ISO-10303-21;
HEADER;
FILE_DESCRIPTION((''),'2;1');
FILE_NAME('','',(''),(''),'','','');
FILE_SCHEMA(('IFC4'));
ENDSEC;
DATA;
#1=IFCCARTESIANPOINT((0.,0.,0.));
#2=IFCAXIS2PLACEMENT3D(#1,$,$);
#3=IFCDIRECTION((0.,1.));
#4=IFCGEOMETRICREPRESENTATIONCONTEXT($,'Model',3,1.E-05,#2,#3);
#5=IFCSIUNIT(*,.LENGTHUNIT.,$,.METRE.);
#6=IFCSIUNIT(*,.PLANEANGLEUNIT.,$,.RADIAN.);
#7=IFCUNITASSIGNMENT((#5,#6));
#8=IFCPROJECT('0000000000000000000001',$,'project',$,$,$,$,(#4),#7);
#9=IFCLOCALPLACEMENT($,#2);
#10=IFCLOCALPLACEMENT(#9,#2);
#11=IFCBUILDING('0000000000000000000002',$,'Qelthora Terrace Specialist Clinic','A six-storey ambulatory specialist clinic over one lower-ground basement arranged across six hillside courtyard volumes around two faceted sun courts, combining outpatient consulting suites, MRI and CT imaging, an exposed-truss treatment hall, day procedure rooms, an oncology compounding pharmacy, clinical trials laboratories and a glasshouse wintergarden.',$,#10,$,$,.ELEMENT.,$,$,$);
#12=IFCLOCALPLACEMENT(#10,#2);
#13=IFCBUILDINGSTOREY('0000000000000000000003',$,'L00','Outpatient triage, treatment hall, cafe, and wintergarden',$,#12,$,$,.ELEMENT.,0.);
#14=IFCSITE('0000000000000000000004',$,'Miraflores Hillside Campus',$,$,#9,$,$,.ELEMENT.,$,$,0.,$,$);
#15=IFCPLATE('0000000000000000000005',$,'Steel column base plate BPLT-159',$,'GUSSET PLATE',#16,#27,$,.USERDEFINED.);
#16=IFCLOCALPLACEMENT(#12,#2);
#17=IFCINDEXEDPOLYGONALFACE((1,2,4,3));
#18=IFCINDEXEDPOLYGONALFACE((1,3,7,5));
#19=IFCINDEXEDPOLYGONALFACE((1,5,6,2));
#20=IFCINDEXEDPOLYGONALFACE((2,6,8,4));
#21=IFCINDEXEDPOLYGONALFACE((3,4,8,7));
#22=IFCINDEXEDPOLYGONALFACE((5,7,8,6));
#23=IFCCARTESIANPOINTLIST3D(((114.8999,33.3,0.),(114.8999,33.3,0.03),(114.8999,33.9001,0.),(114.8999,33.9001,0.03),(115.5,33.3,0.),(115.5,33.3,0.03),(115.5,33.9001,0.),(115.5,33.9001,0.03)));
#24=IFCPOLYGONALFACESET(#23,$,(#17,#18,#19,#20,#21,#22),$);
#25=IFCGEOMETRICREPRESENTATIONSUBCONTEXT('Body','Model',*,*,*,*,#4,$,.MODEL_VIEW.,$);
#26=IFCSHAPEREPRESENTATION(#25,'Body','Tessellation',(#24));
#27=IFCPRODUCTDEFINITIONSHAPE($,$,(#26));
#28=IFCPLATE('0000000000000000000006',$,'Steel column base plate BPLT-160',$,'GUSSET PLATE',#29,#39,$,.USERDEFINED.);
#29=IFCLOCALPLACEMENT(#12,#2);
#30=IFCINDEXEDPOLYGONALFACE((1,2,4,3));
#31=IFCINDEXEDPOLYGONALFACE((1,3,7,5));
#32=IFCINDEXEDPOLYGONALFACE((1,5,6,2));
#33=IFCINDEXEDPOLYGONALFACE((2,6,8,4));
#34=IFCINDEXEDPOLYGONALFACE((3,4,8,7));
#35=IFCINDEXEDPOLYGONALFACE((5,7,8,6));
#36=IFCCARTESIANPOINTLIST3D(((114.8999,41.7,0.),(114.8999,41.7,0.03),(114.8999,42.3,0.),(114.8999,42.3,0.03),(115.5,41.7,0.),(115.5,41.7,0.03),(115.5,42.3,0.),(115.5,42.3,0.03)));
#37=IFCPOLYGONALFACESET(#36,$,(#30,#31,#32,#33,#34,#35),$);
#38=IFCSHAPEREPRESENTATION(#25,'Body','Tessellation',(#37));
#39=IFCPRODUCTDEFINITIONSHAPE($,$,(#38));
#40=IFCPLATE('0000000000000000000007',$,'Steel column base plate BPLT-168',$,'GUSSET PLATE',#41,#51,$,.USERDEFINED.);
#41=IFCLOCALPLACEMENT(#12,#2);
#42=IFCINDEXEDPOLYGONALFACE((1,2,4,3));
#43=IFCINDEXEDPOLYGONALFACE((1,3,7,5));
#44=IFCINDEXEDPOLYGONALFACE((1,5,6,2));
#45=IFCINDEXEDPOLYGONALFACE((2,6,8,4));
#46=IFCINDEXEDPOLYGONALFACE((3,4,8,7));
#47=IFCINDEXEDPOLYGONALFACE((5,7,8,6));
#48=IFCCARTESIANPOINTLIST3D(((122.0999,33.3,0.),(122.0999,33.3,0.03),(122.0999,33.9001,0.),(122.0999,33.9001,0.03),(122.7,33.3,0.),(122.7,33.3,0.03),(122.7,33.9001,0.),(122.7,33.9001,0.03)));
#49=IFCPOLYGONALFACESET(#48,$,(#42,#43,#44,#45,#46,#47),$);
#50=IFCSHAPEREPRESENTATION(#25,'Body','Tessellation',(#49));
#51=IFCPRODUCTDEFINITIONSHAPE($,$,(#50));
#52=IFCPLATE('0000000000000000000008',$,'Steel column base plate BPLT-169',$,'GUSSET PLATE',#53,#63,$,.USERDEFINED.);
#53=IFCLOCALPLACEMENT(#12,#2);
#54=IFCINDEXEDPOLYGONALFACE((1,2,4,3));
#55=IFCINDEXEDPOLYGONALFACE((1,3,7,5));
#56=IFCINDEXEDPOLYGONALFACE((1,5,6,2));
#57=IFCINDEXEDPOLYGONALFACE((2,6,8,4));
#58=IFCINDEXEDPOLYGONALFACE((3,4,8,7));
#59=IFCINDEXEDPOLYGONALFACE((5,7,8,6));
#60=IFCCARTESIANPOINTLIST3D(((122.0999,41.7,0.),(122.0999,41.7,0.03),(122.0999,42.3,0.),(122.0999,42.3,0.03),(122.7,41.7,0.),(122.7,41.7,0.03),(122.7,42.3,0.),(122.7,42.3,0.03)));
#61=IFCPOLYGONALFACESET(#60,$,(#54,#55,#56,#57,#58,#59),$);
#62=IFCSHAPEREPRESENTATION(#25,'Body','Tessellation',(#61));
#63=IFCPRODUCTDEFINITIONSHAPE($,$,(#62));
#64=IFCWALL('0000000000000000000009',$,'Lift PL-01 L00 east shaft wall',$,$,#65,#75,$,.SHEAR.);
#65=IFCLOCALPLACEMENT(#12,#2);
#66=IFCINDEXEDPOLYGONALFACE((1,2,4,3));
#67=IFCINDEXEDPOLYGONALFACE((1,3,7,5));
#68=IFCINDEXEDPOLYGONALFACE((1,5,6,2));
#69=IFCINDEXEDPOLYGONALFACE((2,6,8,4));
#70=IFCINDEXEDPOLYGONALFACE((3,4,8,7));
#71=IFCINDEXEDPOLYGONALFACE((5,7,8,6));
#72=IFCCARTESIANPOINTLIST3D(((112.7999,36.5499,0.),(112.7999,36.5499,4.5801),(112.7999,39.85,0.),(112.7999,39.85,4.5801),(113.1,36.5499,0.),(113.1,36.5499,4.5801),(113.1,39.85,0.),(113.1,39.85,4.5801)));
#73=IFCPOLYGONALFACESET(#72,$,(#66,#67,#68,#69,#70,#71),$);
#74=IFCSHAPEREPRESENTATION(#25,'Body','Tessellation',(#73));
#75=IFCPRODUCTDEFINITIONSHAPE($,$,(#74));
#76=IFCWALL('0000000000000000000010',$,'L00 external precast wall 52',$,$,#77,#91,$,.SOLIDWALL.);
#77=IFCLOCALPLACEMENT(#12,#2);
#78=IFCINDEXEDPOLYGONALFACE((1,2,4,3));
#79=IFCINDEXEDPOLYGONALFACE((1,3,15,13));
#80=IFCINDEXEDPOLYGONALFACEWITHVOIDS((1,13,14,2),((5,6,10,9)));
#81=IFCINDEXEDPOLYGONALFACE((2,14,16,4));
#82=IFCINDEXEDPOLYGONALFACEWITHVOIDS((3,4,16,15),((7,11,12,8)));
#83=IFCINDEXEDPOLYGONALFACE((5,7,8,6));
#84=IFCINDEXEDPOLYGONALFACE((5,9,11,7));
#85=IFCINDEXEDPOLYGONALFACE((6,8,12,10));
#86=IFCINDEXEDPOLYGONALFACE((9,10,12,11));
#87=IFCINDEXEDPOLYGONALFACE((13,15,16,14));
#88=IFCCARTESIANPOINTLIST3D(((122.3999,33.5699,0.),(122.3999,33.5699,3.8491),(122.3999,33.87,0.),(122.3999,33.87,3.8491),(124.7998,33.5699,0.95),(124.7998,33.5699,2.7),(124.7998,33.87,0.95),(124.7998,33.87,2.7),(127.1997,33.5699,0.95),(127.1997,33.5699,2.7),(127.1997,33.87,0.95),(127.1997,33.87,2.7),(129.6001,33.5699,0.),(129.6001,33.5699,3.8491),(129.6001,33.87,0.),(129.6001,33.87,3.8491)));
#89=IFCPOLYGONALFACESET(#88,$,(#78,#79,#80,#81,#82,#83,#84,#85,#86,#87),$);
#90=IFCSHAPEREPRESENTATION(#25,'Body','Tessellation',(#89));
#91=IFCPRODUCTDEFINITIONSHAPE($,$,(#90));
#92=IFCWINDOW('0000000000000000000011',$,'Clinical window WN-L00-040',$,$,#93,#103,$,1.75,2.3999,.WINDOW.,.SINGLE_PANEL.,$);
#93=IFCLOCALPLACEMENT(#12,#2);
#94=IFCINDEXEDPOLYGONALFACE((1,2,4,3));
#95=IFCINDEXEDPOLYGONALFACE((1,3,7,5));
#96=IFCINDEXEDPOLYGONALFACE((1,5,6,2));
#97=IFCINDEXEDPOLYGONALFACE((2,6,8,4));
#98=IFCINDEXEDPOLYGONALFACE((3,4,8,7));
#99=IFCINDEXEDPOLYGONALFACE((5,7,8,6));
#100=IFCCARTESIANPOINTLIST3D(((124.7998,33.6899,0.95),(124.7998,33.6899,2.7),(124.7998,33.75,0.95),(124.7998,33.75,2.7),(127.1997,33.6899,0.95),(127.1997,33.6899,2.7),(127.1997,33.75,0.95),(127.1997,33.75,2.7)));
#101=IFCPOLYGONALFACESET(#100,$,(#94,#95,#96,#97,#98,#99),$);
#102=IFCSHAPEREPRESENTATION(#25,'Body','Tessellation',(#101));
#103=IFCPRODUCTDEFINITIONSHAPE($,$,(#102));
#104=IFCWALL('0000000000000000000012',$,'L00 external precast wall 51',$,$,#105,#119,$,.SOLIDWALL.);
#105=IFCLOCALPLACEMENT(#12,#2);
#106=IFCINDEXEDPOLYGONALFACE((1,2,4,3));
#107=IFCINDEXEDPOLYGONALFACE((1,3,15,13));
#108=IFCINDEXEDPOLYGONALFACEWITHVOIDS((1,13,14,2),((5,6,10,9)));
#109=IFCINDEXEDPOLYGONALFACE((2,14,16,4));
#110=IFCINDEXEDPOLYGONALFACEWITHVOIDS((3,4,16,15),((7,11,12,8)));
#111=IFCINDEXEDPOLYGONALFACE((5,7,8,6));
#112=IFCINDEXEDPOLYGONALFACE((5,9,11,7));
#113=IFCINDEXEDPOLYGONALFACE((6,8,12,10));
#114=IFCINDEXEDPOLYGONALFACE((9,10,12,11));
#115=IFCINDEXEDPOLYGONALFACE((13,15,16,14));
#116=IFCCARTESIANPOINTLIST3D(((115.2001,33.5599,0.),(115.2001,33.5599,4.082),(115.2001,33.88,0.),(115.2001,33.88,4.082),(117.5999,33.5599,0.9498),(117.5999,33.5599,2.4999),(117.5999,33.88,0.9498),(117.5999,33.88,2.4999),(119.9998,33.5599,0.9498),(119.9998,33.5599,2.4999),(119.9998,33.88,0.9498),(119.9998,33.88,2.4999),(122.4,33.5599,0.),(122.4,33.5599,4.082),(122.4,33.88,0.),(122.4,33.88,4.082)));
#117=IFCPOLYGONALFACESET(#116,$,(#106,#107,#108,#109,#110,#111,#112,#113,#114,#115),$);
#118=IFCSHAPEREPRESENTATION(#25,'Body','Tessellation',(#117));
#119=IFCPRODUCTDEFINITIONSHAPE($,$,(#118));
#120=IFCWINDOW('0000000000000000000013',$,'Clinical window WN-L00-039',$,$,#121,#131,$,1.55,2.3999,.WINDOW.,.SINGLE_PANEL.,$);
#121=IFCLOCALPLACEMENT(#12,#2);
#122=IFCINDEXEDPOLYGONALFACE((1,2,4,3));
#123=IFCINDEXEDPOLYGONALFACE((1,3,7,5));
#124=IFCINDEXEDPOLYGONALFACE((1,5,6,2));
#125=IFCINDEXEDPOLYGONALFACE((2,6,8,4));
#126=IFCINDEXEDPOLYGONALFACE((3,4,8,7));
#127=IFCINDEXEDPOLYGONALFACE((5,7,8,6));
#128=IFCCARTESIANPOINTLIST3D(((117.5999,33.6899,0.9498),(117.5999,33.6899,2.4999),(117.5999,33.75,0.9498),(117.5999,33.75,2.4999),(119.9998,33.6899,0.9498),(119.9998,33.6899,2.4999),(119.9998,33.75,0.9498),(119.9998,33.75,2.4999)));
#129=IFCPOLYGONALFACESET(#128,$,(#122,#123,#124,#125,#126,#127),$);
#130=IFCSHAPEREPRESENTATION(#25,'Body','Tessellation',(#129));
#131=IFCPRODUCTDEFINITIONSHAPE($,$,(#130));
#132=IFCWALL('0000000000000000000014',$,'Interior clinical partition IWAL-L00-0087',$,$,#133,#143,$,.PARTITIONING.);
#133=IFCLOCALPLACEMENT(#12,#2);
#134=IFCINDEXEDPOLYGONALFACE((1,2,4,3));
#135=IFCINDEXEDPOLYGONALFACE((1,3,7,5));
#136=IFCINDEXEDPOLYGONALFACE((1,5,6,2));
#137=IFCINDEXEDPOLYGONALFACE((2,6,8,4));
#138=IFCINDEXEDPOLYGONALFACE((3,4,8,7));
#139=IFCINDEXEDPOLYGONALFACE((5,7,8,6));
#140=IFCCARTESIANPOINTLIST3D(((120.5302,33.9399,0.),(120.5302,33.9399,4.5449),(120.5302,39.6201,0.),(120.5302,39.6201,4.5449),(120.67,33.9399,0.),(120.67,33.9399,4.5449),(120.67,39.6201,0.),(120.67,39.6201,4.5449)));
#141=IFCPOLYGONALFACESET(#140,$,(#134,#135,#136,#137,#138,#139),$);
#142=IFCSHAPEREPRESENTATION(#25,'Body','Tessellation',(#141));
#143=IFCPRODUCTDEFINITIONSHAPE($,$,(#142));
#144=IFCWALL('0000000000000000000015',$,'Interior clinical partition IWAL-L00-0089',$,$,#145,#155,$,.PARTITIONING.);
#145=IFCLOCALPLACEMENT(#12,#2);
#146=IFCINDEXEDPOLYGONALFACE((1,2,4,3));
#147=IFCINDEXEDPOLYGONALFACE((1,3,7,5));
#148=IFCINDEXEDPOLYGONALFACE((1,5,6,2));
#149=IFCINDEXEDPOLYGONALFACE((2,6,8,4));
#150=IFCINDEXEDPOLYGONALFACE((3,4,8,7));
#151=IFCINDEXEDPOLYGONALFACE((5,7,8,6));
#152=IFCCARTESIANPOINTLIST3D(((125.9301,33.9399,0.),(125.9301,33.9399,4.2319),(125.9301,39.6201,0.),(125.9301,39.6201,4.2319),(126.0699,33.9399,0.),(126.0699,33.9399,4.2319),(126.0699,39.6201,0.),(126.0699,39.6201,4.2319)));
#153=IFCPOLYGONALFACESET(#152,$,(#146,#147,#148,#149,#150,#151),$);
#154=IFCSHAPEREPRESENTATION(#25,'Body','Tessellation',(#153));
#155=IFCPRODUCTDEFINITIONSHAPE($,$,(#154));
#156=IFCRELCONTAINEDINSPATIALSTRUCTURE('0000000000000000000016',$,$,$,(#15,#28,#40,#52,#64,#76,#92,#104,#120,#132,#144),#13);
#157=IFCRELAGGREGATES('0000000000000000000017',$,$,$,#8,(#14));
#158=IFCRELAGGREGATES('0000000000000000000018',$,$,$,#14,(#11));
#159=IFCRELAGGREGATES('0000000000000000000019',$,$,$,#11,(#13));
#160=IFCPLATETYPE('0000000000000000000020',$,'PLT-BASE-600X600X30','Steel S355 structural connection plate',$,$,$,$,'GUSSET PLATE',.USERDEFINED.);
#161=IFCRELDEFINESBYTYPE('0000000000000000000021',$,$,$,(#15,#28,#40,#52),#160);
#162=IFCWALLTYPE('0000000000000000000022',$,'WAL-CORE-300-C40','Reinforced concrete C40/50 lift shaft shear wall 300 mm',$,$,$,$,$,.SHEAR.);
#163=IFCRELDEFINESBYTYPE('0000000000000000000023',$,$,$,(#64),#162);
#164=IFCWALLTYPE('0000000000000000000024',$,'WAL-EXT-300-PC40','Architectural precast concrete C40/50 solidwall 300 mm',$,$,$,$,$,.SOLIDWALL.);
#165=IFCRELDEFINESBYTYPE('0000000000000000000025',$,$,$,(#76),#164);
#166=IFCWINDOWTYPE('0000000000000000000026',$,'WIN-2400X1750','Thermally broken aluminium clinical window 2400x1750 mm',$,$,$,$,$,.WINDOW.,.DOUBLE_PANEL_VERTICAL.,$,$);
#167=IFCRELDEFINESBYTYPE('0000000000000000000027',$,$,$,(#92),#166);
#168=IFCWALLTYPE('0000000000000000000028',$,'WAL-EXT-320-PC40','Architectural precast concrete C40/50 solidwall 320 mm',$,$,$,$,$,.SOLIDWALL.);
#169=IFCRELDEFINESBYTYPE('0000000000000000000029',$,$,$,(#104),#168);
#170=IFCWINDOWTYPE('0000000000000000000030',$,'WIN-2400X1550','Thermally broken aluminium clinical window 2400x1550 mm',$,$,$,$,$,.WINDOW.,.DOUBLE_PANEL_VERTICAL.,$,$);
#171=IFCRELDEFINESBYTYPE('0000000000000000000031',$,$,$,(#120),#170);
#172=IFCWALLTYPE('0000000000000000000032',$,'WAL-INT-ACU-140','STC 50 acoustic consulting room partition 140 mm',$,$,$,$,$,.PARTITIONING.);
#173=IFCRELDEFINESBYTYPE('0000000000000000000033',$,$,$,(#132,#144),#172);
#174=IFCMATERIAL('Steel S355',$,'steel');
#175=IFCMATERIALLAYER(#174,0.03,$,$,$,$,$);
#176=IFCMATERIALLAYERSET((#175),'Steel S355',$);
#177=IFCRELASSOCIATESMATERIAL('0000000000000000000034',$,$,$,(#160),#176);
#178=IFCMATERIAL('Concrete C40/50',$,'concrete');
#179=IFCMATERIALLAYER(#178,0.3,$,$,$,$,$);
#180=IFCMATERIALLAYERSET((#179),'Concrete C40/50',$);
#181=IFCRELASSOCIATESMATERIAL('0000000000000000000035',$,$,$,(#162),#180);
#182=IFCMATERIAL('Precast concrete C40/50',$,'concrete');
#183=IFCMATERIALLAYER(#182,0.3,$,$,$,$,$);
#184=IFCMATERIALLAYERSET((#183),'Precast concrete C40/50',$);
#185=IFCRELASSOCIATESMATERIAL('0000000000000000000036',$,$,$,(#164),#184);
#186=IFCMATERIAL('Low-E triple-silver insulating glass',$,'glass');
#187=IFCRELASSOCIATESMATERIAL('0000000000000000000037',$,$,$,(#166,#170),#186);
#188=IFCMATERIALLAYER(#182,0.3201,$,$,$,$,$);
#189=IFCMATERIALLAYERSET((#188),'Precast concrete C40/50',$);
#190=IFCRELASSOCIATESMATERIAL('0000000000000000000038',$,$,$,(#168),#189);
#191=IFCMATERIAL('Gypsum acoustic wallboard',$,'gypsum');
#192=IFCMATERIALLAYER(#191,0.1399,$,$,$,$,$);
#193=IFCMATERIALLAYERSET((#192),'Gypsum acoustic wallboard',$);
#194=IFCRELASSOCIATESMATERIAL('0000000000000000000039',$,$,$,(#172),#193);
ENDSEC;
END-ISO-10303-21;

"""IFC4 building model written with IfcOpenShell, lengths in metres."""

from ifc_helpers import new_model, si_unit, direction, frame, frame_2d, origin, origin_2d, place, context, subcontext, project, spatial, rectangle, extrude, material, layer, layer_set, type_object, element, fill, save


model = new_model("IFC4")

# Units and contexts
model_context = context("Model", 3, precision=1e-05, world=origin(), true_north=direction((0.0, 1.0)))
body_context = subcontext(model_context, "Body", "Model", "MODEL_VIEW")
ifc_project = project(units=[si_unit("LENGTHUNIT", "METRE"), si_unit("PLANEANGLEUNIT", "RADIAN")], contexts=[model_context])

# Site, building, storey
site_placement = place(None, origin())
site = spatial("IfcSite", under=ifc_project, at=site_placement, Name="Miraflores Hillside Campus", CompositionType="ELEMENT", RefElevation=0.0)
building_placement = place(site_placement, origin())
building = spatial("IfcBuilding", under=site, at=building_placement, Name="Qelthora Terrace Specialist Clinic", Description="A six-storey ambulatory specialist clinic over one lower-ground basement arranged across six hillside courtyard volumes around two faceted sun courts, combining outpatient consulting suites, MRI and CT imaging, an exposed-truss treatment hall, day procedure rooms, an oncology compounding pharmacy, clinical trials laboratories and a glasshouse wintergarden.", CompositionType="ELEMENT")
storey_placement = place(building_placement, origin())
storey = spatial("IfcBuildingStorey", under=building, at=storey_placement, Name="L00", Description="Outpatient triage, treatment hall, cafe, and wintergarden", CompositionType="ELEMENT", Elevation=0.0)

# Shared definitions
ifc_material_1 = material(Name="Steel S355", Category="steel")

# Plates
ifc_layer_1 = layer(ifc_material_1, 0.03)
ifc_layer_set_1 = layer_set([ifc_layer_1], Name="Steel S355")
plate_type = type_object("IfcPlateType", Name="PLT-BASE-600X600X30", Description="Steel S355 structural connection plate", ElementType="GUSSET PLATE", PredefinedType="USERDEFINED", material=ifc_layer_set_1)
for number, where, z_axis, x_axis, name in (
    (1, (115.2, 33.6001, 0.0), (0.0, 0.0, 1.0), (1.0, 0.0, 0.0), "Steel column base plate BPLT-159"),
    (2, (115.2, 42.0, 0.0), (0.0, 0.0, 1.0), (1.0, 0.0, 0.0), "Steel column base plate BPLT-160"),
    (3, (122.3999, 33.6001, 0.0), (0.0, 0.0, 1.0), (1.0, 0.0, 0.0), "Steel column base plate BPLT-168"),
    (4, (122.3999, 42.0, 0.0), (0.0, 0.0, 1.0), (1.0, 0.0, 0.0), "Steel column base plate BPLT-169"),
):
    element("IfcPlate", number, at=place(storey_placement, frame(where, z_axis=z_axis, x_axis=x_axis)), inside=storey, type_object=plate_type, Name=name, ObjectType="GUSSET PLATE", PredefinedType="USERDEFINED", context=body_context, shape_type="SweptSolid", body=[
        extrude(rectangle(XDim=0.6001, YDim=0.6001, at=origin_2d()), origin(), (0.0, 0.0, 1.0), 0.03),
    ])

# Wall
ifc_material_2 = material(Name="Concrete C40/50", Category="concrete")
ifc_layer_2 = layer(ifc_material_2, 0.3)
ifc_layer_set_2 = layer_set([ifc_layer_2], Name="Concrete C40/50")
wall_type_1 = type_object("IfcWallType", Name="WAL-CORE-300-C40", Description="Reinforced concrete C40/50 lift shaft shear wall 300 mm", PredefinedType="SHEAR", material=ifc_layer_set_2)
wall_1_placement = place(storey_placement, frame((112.95, 36.55, 0.0), z_axis=(0.0, 0.0, 1.0), x_axis=(0.0, 1.0, 0.0)))
element("IfcWall", 5, at=wall_1_placement, inside=storey, type_object=wall_type_1, Name="Lift PL-01 L00 east shaft wall", PredefinedType="SHEAR", context=body_context, shape_type="SweptSolid", body=[
    extrude(rectangle(XDim=3.3, YDim=0.3, at=frame_2d((1.6499, 0.0))), origin(), (0.0, 0.0, 1.0), 4.5801),
])

# Walls, openings, windows
ifc_material_3 = material(Name="Precast concrete C40/50", Category="concrete")
ifc_layer_3 = layer(ifc_material_3, 0.3)
ifc_layer_set_3 = layer_set([ifc_layer_3], Name="Precast concrete C40/50")
wall_type_2 = type_object("IfcWallType", Name="WAL-EXT-300-PC40", Description="Architectural precast concrete C40/50 solidwall 300 mm", PredefinedType="SOLIDWALL", material=ifc_layer_set_3)
wall_2_placement = place(storey_placement, frame((122.3999, 33.72, 0.0), z_axis=(0.0, 0.0, 1.0), x_axis=(1.0, 0.0, 0.0)))
wall_2 = element("IfcWall", 6, at=wall_2_placement, inside=storey, type_object=wall_type_2, Name="L00 external precast wall 52", PredefinedType="SOLIDWALL", context=body_context, shape_type="SweptSolid", body=[
    extrude(rectangle(XDim=7.2002, YDim=0.3, at=frame_2d((3.6001, 0.0))), origin(), (0.0, 0.0, 1.0), 3.8491),
])
opening_1_placement = place(wall_2_placement, frame((2.3999, 0.0, 0.95)))
opening_1 = element("IfcOpeningElement", 7, at=opening_1_placement, cuts=wall_2, PredefinedType="OPENING", context=body_context, shape_type="SweptSolid", body=[
    extrude(rectangle(XDim=2.3999, YDim=1.75, at=frame_2d((1.2, 0.875))), frame((0.0, 0.1599, 0.0), z_axis=(0.0, -1.0, 0.0), x_axis=(1.0, 0.0, 0.0)), (0.0, 0.0, 1.0), 0.3201),
])
ifc_material_4 = material(Name="Low-E triple-silver insulating glass", Category="glass")
window_type_1 = type_object("IfcWindowType", Name="WIN-2400X1750", Description="Thermally broken aluminium clinical window 2400x1750 mm", PartitioningType="DOUBLE_PANEL_VERTICAL", PredefinedType="WINDOW", material=ifc_material_4)
window_1_placement = place(opening_1_placement, origin())
window_1 = element("IfcWindow", 8, at=window_1_placement, inside=storey, type_object=window_type_1, Name="Clinical window WN-L00-040", OverallHeight=1.75, OverallWidth=2.3999, PartitioningType="SINGLE_PANEL", PredefinedType="WINDOW", context=body_context, shape_type="SweptSolid", body=[
    extrude(rectangle(XDim=2.3999, YDim=1.75, at=frame_2d((1.2, 0.875))), frame((0.0, 0.03, 0.0), z_axis=(0.0, -1.0, 0.0), x_axis=(1.0, 0.0, 0.0)), (0.0, 0.0, 1.0), 0.0601),
])
fill(opening_1, window_1)
ifc_layer_4 = layer(ifc_material_3, 0.3201)
ifc_layer_set_4 = layer_set([ifc_layer_4], Name="Precast concrete C40/50")
wall_type_3 = type_object("IfcWallType", Name="WAL-EXT-320-PC40", Description="Architectural precast concrete C40/50 solidwall 320 mm", PredefinedType="SOLIDWALL", material=ifc_layer_set_4)
wall_3_placement = place(storey_placement, frame((115.2, 33.72, 0.0), z_axis=(0.0, 0.0, 1.0), x_axis=(1.0, 0.0, 0.0)))
wall_3 = element("IfcWall", 9, at=wall_3_placement, inside=storey, type_object=wall_type_3, Name="L00 external precast wall 51", PredefinedType="SOLIDWALL", context=body_context, shape_type="SweptSolid", body=[
    extrude(rectangle(XDim=7.2, YDim=0.3201, at=frame_2d((3.6001, 0.0))), origin(), (0.0, 0.0, 1.0), 4.082),
])
opening_2_placement = place(wall_3_placement, frame((2.3999, 0.0, 0.95)))
opening_2 = element("IfcOpeningElement", 10, at=opening_2_placement, cuts=wall_3, PredefinedType="OPENING", context=body_context, shape_type="SweptSolid", body=[
    extrude(rectangle(XDim=2.3999, YDim=1.55, at=frame_2d((1.2, 0.7749))), frame((0.0, 0.1699, 0.0), z_axis=(0.0, -1.0, 0.0), x_axis=(1.0, 0.0, 0.0)), (0.0, 0.0, 1.0), 0.3401),
])
window_type_2 = type_object("IfcWindowType", Name="WIN-2400X1550", Description="Thermally broken aluminium clinical window 2400x1550 mm", PartitioningType="DOUBLE_PANEL_VERTICAL", PredefinedType="WINDOW", material=ifc_material_4)
window_2_placement = place(opening_2_placement, origin())
window_2 = element("IfcWindow", 11, at=window_2_placement, inside=storey, type_object=window_type_2, Name="Clinical window WN-L00-039", OverallHeight=1.55, OverallWidth=2.3999, PartitioningType="SINGLE_PANEL", PredefinedType="WINDOW", context=body_context, shape_type="SweptSolid", body=[
    extrude(rectangle(XDim=2.3999, YDim=1.55, at=frame_2d((1.2, 0.7749))), frame((0.0, 0.03, 0.0), z_axis=(0.0, -1.0, 0.0), x_axis=(1.0, 0.0, 0.0)), (0.0, 0.0, 1.0), 0.0601),
])
fill(opening_2, window_2)

# Walls
ifc_material_5 = material(Name="Gypsum acoustic wallboard", Category="gypsum")
ifc_layer_5 = layer(ifc_material_5, 0.1399)
ifc_layer_set_5 = layer_set([ifc_layer_5], Name="Gypsum acoustic wallboard")
wall_type_4 = type_object("IfcWallType", Name="WAL-INT-ACU-140", Description="STC 50 acoustic consulting room partition 140 mm", PredefinedType="PARTITIONING", material=ifc_layer_set_5)
wall_4_placement = place(storey_placement, frame((120.6001, 39.6201, 0.0), z_axis=(0.0, 0.0, 1.0), x_axis=(0.0, -1.0, 0.0)))
element("IfcWall", 12, at=wall_4_placement, inside=storey, type_object=wall_type_4, Name="Interior clinical partition IWAL-L00-0087", PredefinedType="PARTITIONING", context=body_context, shape_type="SweptSolid", body=[
    extrude(rectangle(XDim=5.6802, YDim=0.1399, at=frame_2d((2.8401, 0.0))), origin(), (0.0, 0.0, 1.0), 4.5449),
])
wall_5_placement = place(storey_placement, frame((126.0, 39.6201, 0.0), z_axis=(0.0, 0.0, 1.0), x_axis=(0.0, -1.0, 0.0)))
element("IfcWall", 13, at=wall_5_placement, inside=storey, type_object=wall_type_4, Name="Interior clinical partition IWAL-L00-0089", PredefinedType="PARTITIONING", context=body_context, shape_type="SweptSolid", body=[
    extrude(rectangle(XDim=5.6802, YDim=0.1399, at=frame_2d((2.8401, 0.0))), origin(), (0.0, 0.0, 1.0), 4.2319),
])

save(model, "model.ifc")
